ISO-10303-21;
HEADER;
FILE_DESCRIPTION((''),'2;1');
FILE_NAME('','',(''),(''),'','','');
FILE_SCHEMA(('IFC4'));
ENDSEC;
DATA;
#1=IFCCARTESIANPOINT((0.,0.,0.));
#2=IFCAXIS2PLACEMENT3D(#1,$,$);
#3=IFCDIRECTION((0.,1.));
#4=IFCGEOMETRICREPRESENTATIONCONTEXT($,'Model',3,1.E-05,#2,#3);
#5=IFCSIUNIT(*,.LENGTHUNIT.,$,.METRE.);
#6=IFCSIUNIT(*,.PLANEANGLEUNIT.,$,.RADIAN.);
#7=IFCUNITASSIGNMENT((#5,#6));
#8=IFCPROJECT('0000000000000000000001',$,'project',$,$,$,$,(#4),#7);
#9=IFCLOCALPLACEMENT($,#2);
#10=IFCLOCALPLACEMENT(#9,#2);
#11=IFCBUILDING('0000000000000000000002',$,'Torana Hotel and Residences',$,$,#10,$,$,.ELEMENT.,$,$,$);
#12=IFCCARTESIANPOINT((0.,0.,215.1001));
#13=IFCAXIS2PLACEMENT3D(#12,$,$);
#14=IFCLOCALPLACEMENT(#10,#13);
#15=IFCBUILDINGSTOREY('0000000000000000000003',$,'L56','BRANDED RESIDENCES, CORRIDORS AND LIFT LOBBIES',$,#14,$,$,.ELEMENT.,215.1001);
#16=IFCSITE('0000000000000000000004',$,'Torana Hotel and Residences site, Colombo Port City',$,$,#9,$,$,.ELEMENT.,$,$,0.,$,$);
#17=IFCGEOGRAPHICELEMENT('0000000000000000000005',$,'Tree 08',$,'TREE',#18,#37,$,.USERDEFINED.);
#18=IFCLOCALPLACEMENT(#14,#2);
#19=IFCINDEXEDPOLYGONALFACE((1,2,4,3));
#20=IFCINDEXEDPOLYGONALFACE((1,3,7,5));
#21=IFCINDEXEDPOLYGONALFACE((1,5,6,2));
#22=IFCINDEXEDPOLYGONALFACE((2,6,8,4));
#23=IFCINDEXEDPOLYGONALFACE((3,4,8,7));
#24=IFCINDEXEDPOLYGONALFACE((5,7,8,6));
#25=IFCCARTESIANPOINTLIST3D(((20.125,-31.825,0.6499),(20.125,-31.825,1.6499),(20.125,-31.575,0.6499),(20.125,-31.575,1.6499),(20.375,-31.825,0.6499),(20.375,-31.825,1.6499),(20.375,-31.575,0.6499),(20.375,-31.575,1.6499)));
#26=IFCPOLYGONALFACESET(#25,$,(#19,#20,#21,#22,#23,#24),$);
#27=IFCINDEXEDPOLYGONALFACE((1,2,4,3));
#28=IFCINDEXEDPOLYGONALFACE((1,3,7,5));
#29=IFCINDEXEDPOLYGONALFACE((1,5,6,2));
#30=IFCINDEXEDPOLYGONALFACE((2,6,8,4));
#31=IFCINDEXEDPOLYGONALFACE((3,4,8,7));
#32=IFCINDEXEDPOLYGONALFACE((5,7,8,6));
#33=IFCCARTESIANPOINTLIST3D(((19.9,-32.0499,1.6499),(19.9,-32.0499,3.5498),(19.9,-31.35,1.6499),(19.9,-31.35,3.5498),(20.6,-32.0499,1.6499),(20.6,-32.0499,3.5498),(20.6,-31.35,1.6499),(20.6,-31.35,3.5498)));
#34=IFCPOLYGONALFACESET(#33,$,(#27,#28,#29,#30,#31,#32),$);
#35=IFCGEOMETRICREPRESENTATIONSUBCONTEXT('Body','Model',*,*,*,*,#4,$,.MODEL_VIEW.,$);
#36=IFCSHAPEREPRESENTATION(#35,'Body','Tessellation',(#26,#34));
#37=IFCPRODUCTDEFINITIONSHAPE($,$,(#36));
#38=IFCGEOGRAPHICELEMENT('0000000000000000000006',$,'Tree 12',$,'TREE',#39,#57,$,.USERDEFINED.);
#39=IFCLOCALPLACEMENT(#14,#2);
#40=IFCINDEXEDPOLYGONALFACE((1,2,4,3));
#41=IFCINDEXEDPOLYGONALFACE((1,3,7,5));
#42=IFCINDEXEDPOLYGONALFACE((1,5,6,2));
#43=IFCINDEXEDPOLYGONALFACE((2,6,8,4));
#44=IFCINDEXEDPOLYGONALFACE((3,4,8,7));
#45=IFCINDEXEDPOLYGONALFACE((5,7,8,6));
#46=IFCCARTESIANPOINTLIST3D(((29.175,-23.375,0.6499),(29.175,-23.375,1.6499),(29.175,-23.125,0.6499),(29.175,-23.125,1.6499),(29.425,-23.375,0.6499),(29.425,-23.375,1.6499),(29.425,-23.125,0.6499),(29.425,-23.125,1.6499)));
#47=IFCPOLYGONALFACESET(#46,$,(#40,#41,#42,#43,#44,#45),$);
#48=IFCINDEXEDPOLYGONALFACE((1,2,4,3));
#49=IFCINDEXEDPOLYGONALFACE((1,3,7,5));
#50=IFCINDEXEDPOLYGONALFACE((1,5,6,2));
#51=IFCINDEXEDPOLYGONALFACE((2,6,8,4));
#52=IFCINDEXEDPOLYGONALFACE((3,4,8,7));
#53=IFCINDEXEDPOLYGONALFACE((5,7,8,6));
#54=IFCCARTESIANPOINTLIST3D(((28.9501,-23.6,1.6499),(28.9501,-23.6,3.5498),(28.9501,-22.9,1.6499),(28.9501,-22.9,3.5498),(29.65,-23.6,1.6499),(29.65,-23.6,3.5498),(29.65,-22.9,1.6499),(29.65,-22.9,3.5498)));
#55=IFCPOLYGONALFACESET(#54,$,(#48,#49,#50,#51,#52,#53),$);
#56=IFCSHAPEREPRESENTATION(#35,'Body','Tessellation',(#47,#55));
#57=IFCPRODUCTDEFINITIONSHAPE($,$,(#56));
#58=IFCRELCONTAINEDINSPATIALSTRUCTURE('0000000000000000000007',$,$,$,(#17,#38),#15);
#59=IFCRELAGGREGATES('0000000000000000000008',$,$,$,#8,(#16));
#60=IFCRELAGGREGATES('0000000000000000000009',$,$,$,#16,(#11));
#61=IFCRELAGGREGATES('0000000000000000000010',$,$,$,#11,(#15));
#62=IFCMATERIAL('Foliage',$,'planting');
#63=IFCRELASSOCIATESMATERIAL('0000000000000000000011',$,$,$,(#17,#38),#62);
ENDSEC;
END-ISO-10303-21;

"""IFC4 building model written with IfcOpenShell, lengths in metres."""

from ifc_helpers import new_model, si_unit, direction, frame, origin, origin_2d, place, context, subcontext, project, spatial, rectangle, extrude, material, element, save


model = new_model("IFC4")

# Units and contexts
model_context = context("Model", 3, precision=1e-05, world=origin(), true_north=direction((0.0, 1.0)))
body_context = subcontext(model_context, "Body", "Model", "MODEL_VIEW")
ifc_project = project(units=[si_unit("LENGTHUNIT", "METRE"), si_unit("PLANEANGLEUNIT", "RADIAN")], contexts=[model_context])

# Site, building, storey
site_placement = place(None, origin())
site = spatial("IfcSite", under=ifc_project, at=site_placement, Name="Torana Hotel and Residences site, Colombo Port City", CompositionType="ELEMENT", RefElevation=0.0)
building_placement = place(site_placement, origin())
building = spatial("IfcBuilding", under=site, at=building_placement, Name="Torana Hotel and Residences", CompositionType="ELEMENT")
storey_placement = place(building_placement, frame((0.0, 0.0, 215.1001)))
storey = spatial("IfcBuildingStorey", under=building, at=storey_placement, Name="L56", Description="BRANDED RESIDENCES, CORRIDORS AND LIFT LOBBIES", CompositionType="ELEMENT", Elevation=215.1001)

# Geographic elements
ifc_material_1 = material(Name="Foliage", Category="planting")
for number, where, z_axis, x_axis, name in (
    (1, (20.25, -31.7, 0.6499), (0.0, 0.0, 1.0), (1.0, 0.0, 0.0), "Tree 08"),
    (2, (29.3, -23.25, 0.6499), (0.0, 0.0, 1.0), (1.0, 0.0, 0.0), "Tree 12"),
):
    element("IfcGeographicElement", number, at=place(storey_placement, frame(where, z_axis=z_axis, x_axis=x_axis)), inside=storey, material=ifc_material_1, Name=name, ObjectType="TREE", PredefinedType="USERDEFINED", context=body_context, shape_type="SweptSolid", body=[
        extrude(rectangle(XDim=0.25, YDim=0.25, at=origin_2d()), origin(), (0.0, 0.0, 1.0), 1.0),
        extrude(rectangle(XDim=0.7, YDim=0.7, at=origin_2d()), frame((0.0, 0.0, 1.0)), (0.0, 0.0, 1.0), 1.8999),
    ])

save(model, "model.ifc")
